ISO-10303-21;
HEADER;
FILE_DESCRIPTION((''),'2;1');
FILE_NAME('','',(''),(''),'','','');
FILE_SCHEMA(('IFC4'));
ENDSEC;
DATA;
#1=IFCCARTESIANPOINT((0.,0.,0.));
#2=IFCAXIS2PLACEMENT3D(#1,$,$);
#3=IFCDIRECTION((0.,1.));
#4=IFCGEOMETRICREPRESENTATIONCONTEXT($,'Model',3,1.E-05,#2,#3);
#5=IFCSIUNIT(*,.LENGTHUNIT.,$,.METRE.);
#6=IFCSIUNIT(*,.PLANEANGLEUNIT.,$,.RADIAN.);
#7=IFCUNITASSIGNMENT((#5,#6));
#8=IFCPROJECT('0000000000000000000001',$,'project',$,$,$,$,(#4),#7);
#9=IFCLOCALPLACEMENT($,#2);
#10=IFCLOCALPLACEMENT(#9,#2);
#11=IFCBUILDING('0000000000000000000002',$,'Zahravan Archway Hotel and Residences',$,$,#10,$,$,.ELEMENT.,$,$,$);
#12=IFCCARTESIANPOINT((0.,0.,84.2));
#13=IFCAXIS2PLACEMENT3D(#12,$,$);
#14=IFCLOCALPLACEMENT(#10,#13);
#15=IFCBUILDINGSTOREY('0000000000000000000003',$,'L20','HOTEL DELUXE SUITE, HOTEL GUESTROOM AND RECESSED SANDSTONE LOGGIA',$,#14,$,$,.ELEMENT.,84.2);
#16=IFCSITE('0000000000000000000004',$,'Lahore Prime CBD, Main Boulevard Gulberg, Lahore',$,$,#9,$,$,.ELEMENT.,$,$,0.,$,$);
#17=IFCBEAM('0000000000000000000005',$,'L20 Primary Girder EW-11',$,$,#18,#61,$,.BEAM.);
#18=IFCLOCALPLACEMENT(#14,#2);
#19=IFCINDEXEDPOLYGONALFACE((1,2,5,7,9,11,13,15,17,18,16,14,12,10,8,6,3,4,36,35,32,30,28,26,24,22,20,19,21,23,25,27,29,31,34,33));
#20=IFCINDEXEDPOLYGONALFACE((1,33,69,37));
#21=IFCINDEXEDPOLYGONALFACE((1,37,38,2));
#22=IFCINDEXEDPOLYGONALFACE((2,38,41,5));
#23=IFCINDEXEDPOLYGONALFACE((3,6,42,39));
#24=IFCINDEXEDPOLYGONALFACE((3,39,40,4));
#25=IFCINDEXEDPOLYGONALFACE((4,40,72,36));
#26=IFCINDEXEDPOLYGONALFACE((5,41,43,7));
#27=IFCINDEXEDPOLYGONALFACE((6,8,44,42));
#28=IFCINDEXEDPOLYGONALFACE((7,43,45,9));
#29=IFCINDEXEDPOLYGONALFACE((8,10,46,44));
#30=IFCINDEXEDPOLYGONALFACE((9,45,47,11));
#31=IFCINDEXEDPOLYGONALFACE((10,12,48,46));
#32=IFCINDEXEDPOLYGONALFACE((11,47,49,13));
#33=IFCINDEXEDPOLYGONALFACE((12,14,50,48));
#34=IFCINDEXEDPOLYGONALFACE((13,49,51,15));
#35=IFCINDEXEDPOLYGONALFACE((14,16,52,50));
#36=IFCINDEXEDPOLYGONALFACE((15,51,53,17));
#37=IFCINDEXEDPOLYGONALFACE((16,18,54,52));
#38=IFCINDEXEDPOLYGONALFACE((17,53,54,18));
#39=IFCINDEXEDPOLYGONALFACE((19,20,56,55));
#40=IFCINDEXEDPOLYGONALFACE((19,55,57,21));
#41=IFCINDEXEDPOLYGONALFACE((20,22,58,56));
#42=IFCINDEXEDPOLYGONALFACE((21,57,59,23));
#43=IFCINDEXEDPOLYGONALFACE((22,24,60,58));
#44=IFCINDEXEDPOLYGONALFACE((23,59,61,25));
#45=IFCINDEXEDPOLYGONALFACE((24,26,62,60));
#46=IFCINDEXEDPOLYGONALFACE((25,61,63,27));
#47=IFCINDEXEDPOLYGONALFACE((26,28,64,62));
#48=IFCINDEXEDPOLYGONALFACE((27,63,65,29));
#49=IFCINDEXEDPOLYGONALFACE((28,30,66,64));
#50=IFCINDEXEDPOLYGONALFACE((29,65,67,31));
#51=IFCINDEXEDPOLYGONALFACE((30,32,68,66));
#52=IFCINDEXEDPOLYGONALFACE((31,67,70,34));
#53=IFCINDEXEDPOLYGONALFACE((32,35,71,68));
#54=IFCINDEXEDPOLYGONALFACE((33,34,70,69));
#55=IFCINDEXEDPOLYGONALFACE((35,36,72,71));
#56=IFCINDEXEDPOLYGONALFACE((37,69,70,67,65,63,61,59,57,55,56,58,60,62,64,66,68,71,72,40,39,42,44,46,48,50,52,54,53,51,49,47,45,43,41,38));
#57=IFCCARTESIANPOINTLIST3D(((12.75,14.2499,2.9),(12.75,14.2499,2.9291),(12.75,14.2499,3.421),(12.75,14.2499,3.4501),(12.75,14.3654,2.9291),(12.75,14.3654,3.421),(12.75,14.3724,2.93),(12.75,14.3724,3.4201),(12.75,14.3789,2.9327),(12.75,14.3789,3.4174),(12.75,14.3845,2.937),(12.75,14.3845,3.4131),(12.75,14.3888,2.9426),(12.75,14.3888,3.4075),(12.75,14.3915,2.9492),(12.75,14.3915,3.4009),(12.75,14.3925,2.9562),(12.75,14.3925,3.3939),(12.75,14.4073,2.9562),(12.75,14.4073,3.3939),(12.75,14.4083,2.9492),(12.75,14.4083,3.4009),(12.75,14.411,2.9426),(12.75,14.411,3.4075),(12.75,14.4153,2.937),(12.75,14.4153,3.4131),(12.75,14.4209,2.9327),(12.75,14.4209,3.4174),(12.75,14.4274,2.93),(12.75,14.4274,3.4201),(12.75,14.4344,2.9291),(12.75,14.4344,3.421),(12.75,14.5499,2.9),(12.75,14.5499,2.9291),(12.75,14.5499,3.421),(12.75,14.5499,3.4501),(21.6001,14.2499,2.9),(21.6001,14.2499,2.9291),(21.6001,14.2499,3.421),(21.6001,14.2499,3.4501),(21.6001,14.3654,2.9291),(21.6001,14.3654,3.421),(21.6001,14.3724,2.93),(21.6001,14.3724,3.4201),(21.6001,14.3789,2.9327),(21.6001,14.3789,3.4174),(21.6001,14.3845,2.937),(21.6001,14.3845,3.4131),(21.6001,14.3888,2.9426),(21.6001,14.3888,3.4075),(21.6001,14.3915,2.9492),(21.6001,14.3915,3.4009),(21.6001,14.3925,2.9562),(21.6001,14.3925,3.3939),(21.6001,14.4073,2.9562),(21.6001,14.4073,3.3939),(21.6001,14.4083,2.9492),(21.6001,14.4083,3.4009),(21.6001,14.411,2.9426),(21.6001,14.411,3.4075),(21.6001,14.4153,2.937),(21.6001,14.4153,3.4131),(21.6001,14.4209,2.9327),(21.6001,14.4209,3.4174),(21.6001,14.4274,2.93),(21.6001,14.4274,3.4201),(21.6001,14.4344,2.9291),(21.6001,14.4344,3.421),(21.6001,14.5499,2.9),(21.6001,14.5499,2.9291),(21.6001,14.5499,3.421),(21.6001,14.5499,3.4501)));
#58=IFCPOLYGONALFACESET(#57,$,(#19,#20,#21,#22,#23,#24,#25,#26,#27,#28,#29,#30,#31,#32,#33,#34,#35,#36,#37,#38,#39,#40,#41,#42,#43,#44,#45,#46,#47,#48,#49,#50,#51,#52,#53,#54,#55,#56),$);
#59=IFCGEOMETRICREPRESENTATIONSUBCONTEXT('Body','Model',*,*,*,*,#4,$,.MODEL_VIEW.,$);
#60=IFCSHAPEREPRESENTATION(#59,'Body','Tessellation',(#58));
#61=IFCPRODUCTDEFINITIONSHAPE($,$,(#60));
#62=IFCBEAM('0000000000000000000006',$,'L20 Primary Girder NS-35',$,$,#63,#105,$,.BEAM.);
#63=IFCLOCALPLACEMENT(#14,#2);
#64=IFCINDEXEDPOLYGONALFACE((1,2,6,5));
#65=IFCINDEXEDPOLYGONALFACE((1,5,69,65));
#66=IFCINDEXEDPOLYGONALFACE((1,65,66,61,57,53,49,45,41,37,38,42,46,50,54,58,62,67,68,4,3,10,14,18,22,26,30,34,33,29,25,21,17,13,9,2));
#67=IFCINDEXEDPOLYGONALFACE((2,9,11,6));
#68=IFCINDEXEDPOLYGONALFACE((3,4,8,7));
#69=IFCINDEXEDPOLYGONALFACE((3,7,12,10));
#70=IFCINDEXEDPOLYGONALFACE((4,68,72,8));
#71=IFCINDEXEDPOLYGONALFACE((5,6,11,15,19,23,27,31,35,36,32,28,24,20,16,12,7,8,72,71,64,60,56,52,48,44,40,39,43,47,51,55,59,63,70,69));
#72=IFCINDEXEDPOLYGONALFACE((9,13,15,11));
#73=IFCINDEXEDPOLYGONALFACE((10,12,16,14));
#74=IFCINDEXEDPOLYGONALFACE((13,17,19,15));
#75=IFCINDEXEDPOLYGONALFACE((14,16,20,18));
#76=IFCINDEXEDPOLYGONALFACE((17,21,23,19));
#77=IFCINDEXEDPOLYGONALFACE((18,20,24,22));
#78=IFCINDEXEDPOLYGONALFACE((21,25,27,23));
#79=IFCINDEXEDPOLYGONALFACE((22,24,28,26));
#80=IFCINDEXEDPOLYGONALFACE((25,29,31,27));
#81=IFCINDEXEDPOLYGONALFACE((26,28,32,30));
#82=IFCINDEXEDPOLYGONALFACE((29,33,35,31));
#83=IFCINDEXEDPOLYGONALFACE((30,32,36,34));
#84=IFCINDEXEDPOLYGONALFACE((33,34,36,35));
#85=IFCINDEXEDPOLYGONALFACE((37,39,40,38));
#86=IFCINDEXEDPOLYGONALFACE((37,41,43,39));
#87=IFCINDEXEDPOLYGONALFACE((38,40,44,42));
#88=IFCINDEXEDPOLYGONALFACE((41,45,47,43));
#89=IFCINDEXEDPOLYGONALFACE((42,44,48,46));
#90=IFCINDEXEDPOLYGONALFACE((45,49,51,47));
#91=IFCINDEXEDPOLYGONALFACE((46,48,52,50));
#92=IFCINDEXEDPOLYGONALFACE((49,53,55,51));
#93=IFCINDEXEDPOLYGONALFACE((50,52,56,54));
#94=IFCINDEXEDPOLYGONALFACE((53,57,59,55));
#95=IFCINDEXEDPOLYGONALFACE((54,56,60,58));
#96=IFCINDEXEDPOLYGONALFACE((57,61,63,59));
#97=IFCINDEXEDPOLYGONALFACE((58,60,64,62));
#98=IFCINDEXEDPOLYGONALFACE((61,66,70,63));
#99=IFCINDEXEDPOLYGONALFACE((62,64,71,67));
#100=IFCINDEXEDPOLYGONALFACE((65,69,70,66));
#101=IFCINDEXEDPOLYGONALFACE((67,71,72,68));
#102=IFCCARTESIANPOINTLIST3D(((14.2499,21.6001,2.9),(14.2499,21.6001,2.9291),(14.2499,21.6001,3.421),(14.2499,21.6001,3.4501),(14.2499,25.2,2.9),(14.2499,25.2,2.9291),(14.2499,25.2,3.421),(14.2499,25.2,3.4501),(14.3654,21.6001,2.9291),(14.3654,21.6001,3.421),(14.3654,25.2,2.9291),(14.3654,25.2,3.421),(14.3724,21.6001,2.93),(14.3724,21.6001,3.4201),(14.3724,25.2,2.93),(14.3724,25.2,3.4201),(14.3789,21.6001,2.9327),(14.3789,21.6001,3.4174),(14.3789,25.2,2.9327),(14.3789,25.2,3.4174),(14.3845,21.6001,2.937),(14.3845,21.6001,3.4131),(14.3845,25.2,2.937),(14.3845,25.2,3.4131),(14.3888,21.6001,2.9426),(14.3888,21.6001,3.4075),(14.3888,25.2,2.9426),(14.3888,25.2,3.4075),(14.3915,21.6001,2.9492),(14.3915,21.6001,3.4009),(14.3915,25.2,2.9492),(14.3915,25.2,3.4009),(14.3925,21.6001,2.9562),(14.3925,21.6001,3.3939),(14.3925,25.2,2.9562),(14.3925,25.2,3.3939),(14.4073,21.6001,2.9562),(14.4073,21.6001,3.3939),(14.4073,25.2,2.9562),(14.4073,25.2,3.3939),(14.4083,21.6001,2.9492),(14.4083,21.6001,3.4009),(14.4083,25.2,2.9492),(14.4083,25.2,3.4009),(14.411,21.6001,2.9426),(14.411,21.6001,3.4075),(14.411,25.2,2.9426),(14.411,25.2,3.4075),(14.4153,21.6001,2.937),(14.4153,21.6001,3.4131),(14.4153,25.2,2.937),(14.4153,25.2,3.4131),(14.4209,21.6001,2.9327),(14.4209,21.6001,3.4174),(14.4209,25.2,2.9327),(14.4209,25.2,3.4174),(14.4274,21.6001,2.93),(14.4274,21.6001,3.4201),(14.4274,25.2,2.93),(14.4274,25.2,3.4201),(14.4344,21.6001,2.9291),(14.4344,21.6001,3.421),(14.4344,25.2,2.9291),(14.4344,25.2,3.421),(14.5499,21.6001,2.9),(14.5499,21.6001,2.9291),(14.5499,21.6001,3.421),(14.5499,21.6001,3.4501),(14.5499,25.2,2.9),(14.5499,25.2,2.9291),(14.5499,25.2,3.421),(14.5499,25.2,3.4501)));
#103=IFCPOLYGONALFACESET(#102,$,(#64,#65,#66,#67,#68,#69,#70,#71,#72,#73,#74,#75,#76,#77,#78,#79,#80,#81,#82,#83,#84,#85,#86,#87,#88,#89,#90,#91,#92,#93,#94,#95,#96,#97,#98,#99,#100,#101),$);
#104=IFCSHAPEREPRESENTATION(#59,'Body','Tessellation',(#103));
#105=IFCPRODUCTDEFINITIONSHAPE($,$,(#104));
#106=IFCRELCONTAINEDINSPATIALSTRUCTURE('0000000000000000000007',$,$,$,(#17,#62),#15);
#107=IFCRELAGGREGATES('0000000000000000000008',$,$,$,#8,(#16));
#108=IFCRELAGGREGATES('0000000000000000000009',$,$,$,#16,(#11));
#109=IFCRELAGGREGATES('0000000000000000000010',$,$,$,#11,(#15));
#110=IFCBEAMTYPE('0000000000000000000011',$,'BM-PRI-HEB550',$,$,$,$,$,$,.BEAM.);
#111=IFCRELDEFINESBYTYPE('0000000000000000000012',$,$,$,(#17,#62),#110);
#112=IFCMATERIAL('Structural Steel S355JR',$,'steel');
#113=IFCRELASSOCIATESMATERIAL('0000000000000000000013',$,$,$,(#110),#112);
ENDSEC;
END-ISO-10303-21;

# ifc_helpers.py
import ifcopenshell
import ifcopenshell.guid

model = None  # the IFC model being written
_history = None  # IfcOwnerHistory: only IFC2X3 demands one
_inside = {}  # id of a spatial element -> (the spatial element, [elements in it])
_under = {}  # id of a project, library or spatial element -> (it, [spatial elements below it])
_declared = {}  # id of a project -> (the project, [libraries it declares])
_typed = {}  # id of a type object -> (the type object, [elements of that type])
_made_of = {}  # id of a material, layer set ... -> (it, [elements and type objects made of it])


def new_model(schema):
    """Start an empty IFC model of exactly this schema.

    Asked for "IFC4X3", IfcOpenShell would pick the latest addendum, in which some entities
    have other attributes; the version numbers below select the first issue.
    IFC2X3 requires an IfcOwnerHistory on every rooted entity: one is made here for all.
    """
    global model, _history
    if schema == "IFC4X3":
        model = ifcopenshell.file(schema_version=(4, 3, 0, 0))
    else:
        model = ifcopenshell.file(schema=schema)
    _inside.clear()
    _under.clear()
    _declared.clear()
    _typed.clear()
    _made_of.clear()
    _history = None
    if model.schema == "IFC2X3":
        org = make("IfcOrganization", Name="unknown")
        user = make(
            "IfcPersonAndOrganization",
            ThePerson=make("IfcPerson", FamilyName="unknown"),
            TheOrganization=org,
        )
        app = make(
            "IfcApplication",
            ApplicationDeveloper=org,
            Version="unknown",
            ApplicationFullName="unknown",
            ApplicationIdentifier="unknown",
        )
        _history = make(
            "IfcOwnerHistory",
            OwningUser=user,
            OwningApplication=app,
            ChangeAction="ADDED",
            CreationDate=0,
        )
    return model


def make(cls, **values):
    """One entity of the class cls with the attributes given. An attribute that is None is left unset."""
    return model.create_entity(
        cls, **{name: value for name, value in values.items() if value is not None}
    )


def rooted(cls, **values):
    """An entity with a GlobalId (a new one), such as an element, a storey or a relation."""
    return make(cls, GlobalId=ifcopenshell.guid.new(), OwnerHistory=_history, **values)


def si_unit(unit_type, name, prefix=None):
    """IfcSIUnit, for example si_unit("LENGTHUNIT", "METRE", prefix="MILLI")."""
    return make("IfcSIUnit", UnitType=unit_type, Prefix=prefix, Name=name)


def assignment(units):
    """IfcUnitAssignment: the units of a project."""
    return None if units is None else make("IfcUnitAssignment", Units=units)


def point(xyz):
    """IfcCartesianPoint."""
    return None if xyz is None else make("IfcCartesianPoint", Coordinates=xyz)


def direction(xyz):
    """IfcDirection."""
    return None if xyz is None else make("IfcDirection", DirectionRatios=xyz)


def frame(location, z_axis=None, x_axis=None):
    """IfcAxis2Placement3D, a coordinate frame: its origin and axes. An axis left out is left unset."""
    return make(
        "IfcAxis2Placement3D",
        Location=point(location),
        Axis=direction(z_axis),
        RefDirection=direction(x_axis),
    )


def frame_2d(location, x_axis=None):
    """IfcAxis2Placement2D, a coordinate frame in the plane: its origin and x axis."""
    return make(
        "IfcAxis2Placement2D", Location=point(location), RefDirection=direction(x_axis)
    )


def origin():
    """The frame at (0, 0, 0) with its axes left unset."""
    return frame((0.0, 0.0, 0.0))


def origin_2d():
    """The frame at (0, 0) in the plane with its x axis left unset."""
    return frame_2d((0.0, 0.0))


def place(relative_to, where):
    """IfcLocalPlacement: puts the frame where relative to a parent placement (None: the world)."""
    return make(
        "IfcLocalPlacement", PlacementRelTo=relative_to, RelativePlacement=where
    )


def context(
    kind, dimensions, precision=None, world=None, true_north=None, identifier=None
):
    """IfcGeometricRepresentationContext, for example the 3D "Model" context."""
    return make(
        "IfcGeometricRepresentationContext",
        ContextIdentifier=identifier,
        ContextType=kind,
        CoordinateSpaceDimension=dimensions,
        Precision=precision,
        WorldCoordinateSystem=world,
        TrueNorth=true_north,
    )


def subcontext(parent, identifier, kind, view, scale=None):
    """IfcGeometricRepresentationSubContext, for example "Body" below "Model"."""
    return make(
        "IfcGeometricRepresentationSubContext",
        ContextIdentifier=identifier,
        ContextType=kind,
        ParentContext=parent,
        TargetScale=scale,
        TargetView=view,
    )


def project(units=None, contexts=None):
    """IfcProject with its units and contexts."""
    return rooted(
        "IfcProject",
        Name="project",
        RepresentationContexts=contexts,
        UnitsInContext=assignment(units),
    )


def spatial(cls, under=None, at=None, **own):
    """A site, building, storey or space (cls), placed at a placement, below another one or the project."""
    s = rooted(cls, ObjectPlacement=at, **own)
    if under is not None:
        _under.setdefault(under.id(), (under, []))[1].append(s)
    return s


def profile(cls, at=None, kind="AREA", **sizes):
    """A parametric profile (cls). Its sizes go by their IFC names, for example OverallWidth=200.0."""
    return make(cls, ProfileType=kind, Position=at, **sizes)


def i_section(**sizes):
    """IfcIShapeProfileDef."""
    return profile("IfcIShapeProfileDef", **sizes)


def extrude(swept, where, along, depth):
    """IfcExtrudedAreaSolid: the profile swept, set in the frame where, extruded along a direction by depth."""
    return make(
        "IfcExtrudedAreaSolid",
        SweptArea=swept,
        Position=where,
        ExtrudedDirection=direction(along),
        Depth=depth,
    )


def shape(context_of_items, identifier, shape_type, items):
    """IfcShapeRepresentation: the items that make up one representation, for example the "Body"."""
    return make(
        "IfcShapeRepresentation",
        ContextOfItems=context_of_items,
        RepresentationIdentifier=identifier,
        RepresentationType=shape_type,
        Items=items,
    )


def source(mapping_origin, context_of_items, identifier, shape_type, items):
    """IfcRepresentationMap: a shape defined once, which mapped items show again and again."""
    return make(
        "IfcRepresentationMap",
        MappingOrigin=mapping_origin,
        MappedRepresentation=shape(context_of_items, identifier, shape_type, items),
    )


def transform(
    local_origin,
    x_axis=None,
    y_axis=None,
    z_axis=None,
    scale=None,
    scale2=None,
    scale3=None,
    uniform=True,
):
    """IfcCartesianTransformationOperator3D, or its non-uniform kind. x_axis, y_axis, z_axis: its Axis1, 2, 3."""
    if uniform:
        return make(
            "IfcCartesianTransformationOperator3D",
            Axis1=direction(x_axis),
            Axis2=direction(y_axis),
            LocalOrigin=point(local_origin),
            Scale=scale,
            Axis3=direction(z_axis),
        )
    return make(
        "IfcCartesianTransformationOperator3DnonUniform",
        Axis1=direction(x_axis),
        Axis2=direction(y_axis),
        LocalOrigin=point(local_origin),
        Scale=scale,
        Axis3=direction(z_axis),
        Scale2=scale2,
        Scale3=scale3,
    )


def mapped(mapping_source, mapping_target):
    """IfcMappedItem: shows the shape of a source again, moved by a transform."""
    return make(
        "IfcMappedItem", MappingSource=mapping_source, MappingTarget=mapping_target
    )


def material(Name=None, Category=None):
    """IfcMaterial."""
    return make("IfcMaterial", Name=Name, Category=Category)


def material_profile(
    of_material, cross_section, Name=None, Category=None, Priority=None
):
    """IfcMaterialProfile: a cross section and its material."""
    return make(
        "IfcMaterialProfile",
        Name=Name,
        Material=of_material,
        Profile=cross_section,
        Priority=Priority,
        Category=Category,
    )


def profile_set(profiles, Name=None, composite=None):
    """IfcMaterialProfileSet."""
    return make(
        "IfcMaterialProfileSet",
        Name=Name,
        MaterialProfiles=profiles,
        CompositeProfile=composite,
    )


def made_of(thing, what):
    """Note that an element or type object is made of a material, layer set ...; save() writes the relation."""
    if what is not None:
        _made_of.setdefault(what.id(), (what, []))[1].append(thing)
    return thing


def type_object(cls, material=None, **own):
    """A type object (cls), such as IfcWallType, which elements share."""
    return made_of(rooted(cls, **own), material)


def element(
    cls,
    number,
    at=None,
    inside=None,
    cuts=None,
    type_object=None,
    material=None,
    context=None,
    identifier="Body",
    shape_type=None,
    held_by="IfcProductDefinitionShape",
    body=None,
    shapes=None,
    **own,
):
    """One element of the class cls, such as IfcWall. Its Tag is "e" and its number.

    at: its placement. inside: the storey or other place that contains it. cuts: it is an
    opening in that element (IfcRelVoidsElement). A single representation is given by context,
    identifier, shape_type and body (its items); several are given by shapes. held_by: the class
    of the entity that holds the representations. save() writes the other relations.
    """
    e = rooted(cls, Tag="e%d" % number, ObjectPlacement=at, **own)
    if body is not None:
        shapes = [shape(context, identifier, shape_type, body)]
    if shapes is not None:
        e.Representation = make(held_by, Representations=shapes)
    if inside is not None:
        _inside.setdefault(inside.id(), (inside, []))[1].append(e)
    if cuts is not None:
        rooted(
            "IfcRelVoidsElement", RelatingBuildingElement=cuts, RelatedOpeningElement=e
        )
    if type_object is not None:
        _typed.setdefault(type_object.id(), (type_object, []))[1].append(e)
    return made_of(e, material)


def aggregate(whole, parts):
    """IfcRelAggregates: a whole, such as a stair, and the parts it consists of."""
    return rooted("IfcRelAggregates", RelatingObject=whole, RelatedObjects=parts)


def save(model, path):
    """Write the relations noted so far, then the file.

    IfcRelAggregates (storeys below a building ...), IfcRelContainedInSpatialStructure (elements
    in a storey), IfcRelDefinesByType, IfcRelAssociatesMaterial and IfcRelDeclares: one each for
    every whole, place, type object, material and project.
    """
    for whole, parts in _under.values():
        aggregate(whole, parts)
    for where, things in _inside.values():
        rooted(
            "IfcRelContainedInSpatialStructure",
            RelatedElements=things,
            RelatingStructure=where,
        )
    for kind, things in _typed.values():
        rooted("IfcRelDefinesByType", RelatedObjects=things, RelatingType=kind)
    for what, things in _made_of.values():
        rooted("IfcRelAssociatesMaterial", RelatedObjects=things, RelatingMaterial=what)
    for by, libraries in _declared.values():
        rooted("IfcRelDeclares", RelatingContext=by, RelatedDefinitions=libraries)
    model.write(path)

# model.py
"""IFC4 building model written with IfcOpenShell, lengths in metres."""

from ifc_helpers import new_model, si_unit, direction, frame, origin, origin_2d, place, context, subcontext, project, spatial, i_section, extrude, source, transform, mapped, material, material_profile, profile_set, type_object, element, save


model = new_model("IFC4")

# Units and contexts
model_context = context("Model", 3, precision=1e-05, world=origin(), true_north=direction((0.0, 1.0)))
body_context = subcontext(model_context, "Body", "Model", "MODEL_VIEW")
ifc_project = project(units=[si_unit("LENGTHUNIT", "METRE"), si_unit("PLANEANGLEUNIT", "RADIAN")], contexts=[model_context])

# Site, building, storey
site_placement = place(None, origin())
site = spatial("IfcSite", under=ifc_project, at=site_placement, Name="Lahore Prime CBD, Main Boulevard Gulberg, Lahore", CompositionType="ELEMENT", RefElevation=0.0)
building_placement = place(site_placement, origin())
building = spatial("IfcBuilding", under=site, at=building_placement, Name="Zahravan Archway Hotel and Residences", CompositionType="ELEMENT")
storey_placement = place(building_placement, frame((0.0, 0.0, 84.2)))
storey = spatial("IfcBuildingStorey", under=building, at=storey_placement, Name="L20", Description="HOTEL DELUXE SUITE, HOTEL GUESTROOM AND RECESSED SANDSTONE LOGGIA", CompositionType="ELEMENT", Elevation=84.2)

# Beams
ifc_material_1 = material(Name="Structural Steel S355JR", Category="steel")
ifc_material_profile_1 = material_profile(ifc_material_1, i_section(OverallWidth=0.3, OverallDepth=0.55, WebThickness=0.0149, FlangeThickness=0.0291, FilletRadius=0.0271, at=origin_2d()), Name="HEB 550", Category="steel")
ifc_profile_set_1 = profile_set([ifc_material_profile_1], Name="Structural Steel S355JR")
beam_type = type_object("IfcBeamType", Name="BM-PRI-HEB550", PredefinedType="BEAM", material=ifc_profile_set_1)
shared_shape_1 = source(origin(), body_context, "Body", "SweptSolid", [
    extrude(i_section(OverallWidth=0.3, OverallDepth=0.55, WebThickness=0.0149, FlangeThickness=0.0291, FilletRadius=0.0271, at=origin_2d()), origin(), (0.0, 0.0, 1.0), 8.8501),
])
beam_1_placement = place(storey_placement, frame((12.75, 14.3999, 3.175), z_axis=(1.0, 0.0, 0.0), x_axis=(0.0, 1.0, 0.0)))
element("IfcBeam", 1, at=beam_1_placement, inside=storey, type_object=beam_type, Name="L20 Primary Girder EW-11", PredefinedType="BEAM", context=body_context, shape_type="MappedRepresentation", body=[
    mapped(shared_shape_1, transform((0.0, 0.0, 0.0), scale=1.0)),
])
shared_shape_2 = source(origin(), body_context, "Body", "SweptSolid", [
    extrude(i_section(OverallWidth=0.3, OverallDepth=0.55, WebThickness=0.0149, FlangeThickness=0.0291, FilletRadius=0.0271, at=origin_2d()), origin(), (0.0, 0.0, 1.0), 3.5999),
])
beam_2_placement = place(storey_placement, frame((14.3999, 21.6001, 3.175), z_axis=(0.0, 1.0, 0.0), x_axis=(-1.0, 0.0, 0.0)))
element("IfcBeam", 2, at=beam_2_placement, inside=storey, type_object=beam_type, Name="L20 Primary Girder NS-35", PredefinedType="BEAM", context=body_context, shape_type="MappedRepresentation", body=[
    mapped(shared_shape_2, transform((0.0, 0.0, 0.0), scale=1.0)),
])

save(model, "model.ifc")
